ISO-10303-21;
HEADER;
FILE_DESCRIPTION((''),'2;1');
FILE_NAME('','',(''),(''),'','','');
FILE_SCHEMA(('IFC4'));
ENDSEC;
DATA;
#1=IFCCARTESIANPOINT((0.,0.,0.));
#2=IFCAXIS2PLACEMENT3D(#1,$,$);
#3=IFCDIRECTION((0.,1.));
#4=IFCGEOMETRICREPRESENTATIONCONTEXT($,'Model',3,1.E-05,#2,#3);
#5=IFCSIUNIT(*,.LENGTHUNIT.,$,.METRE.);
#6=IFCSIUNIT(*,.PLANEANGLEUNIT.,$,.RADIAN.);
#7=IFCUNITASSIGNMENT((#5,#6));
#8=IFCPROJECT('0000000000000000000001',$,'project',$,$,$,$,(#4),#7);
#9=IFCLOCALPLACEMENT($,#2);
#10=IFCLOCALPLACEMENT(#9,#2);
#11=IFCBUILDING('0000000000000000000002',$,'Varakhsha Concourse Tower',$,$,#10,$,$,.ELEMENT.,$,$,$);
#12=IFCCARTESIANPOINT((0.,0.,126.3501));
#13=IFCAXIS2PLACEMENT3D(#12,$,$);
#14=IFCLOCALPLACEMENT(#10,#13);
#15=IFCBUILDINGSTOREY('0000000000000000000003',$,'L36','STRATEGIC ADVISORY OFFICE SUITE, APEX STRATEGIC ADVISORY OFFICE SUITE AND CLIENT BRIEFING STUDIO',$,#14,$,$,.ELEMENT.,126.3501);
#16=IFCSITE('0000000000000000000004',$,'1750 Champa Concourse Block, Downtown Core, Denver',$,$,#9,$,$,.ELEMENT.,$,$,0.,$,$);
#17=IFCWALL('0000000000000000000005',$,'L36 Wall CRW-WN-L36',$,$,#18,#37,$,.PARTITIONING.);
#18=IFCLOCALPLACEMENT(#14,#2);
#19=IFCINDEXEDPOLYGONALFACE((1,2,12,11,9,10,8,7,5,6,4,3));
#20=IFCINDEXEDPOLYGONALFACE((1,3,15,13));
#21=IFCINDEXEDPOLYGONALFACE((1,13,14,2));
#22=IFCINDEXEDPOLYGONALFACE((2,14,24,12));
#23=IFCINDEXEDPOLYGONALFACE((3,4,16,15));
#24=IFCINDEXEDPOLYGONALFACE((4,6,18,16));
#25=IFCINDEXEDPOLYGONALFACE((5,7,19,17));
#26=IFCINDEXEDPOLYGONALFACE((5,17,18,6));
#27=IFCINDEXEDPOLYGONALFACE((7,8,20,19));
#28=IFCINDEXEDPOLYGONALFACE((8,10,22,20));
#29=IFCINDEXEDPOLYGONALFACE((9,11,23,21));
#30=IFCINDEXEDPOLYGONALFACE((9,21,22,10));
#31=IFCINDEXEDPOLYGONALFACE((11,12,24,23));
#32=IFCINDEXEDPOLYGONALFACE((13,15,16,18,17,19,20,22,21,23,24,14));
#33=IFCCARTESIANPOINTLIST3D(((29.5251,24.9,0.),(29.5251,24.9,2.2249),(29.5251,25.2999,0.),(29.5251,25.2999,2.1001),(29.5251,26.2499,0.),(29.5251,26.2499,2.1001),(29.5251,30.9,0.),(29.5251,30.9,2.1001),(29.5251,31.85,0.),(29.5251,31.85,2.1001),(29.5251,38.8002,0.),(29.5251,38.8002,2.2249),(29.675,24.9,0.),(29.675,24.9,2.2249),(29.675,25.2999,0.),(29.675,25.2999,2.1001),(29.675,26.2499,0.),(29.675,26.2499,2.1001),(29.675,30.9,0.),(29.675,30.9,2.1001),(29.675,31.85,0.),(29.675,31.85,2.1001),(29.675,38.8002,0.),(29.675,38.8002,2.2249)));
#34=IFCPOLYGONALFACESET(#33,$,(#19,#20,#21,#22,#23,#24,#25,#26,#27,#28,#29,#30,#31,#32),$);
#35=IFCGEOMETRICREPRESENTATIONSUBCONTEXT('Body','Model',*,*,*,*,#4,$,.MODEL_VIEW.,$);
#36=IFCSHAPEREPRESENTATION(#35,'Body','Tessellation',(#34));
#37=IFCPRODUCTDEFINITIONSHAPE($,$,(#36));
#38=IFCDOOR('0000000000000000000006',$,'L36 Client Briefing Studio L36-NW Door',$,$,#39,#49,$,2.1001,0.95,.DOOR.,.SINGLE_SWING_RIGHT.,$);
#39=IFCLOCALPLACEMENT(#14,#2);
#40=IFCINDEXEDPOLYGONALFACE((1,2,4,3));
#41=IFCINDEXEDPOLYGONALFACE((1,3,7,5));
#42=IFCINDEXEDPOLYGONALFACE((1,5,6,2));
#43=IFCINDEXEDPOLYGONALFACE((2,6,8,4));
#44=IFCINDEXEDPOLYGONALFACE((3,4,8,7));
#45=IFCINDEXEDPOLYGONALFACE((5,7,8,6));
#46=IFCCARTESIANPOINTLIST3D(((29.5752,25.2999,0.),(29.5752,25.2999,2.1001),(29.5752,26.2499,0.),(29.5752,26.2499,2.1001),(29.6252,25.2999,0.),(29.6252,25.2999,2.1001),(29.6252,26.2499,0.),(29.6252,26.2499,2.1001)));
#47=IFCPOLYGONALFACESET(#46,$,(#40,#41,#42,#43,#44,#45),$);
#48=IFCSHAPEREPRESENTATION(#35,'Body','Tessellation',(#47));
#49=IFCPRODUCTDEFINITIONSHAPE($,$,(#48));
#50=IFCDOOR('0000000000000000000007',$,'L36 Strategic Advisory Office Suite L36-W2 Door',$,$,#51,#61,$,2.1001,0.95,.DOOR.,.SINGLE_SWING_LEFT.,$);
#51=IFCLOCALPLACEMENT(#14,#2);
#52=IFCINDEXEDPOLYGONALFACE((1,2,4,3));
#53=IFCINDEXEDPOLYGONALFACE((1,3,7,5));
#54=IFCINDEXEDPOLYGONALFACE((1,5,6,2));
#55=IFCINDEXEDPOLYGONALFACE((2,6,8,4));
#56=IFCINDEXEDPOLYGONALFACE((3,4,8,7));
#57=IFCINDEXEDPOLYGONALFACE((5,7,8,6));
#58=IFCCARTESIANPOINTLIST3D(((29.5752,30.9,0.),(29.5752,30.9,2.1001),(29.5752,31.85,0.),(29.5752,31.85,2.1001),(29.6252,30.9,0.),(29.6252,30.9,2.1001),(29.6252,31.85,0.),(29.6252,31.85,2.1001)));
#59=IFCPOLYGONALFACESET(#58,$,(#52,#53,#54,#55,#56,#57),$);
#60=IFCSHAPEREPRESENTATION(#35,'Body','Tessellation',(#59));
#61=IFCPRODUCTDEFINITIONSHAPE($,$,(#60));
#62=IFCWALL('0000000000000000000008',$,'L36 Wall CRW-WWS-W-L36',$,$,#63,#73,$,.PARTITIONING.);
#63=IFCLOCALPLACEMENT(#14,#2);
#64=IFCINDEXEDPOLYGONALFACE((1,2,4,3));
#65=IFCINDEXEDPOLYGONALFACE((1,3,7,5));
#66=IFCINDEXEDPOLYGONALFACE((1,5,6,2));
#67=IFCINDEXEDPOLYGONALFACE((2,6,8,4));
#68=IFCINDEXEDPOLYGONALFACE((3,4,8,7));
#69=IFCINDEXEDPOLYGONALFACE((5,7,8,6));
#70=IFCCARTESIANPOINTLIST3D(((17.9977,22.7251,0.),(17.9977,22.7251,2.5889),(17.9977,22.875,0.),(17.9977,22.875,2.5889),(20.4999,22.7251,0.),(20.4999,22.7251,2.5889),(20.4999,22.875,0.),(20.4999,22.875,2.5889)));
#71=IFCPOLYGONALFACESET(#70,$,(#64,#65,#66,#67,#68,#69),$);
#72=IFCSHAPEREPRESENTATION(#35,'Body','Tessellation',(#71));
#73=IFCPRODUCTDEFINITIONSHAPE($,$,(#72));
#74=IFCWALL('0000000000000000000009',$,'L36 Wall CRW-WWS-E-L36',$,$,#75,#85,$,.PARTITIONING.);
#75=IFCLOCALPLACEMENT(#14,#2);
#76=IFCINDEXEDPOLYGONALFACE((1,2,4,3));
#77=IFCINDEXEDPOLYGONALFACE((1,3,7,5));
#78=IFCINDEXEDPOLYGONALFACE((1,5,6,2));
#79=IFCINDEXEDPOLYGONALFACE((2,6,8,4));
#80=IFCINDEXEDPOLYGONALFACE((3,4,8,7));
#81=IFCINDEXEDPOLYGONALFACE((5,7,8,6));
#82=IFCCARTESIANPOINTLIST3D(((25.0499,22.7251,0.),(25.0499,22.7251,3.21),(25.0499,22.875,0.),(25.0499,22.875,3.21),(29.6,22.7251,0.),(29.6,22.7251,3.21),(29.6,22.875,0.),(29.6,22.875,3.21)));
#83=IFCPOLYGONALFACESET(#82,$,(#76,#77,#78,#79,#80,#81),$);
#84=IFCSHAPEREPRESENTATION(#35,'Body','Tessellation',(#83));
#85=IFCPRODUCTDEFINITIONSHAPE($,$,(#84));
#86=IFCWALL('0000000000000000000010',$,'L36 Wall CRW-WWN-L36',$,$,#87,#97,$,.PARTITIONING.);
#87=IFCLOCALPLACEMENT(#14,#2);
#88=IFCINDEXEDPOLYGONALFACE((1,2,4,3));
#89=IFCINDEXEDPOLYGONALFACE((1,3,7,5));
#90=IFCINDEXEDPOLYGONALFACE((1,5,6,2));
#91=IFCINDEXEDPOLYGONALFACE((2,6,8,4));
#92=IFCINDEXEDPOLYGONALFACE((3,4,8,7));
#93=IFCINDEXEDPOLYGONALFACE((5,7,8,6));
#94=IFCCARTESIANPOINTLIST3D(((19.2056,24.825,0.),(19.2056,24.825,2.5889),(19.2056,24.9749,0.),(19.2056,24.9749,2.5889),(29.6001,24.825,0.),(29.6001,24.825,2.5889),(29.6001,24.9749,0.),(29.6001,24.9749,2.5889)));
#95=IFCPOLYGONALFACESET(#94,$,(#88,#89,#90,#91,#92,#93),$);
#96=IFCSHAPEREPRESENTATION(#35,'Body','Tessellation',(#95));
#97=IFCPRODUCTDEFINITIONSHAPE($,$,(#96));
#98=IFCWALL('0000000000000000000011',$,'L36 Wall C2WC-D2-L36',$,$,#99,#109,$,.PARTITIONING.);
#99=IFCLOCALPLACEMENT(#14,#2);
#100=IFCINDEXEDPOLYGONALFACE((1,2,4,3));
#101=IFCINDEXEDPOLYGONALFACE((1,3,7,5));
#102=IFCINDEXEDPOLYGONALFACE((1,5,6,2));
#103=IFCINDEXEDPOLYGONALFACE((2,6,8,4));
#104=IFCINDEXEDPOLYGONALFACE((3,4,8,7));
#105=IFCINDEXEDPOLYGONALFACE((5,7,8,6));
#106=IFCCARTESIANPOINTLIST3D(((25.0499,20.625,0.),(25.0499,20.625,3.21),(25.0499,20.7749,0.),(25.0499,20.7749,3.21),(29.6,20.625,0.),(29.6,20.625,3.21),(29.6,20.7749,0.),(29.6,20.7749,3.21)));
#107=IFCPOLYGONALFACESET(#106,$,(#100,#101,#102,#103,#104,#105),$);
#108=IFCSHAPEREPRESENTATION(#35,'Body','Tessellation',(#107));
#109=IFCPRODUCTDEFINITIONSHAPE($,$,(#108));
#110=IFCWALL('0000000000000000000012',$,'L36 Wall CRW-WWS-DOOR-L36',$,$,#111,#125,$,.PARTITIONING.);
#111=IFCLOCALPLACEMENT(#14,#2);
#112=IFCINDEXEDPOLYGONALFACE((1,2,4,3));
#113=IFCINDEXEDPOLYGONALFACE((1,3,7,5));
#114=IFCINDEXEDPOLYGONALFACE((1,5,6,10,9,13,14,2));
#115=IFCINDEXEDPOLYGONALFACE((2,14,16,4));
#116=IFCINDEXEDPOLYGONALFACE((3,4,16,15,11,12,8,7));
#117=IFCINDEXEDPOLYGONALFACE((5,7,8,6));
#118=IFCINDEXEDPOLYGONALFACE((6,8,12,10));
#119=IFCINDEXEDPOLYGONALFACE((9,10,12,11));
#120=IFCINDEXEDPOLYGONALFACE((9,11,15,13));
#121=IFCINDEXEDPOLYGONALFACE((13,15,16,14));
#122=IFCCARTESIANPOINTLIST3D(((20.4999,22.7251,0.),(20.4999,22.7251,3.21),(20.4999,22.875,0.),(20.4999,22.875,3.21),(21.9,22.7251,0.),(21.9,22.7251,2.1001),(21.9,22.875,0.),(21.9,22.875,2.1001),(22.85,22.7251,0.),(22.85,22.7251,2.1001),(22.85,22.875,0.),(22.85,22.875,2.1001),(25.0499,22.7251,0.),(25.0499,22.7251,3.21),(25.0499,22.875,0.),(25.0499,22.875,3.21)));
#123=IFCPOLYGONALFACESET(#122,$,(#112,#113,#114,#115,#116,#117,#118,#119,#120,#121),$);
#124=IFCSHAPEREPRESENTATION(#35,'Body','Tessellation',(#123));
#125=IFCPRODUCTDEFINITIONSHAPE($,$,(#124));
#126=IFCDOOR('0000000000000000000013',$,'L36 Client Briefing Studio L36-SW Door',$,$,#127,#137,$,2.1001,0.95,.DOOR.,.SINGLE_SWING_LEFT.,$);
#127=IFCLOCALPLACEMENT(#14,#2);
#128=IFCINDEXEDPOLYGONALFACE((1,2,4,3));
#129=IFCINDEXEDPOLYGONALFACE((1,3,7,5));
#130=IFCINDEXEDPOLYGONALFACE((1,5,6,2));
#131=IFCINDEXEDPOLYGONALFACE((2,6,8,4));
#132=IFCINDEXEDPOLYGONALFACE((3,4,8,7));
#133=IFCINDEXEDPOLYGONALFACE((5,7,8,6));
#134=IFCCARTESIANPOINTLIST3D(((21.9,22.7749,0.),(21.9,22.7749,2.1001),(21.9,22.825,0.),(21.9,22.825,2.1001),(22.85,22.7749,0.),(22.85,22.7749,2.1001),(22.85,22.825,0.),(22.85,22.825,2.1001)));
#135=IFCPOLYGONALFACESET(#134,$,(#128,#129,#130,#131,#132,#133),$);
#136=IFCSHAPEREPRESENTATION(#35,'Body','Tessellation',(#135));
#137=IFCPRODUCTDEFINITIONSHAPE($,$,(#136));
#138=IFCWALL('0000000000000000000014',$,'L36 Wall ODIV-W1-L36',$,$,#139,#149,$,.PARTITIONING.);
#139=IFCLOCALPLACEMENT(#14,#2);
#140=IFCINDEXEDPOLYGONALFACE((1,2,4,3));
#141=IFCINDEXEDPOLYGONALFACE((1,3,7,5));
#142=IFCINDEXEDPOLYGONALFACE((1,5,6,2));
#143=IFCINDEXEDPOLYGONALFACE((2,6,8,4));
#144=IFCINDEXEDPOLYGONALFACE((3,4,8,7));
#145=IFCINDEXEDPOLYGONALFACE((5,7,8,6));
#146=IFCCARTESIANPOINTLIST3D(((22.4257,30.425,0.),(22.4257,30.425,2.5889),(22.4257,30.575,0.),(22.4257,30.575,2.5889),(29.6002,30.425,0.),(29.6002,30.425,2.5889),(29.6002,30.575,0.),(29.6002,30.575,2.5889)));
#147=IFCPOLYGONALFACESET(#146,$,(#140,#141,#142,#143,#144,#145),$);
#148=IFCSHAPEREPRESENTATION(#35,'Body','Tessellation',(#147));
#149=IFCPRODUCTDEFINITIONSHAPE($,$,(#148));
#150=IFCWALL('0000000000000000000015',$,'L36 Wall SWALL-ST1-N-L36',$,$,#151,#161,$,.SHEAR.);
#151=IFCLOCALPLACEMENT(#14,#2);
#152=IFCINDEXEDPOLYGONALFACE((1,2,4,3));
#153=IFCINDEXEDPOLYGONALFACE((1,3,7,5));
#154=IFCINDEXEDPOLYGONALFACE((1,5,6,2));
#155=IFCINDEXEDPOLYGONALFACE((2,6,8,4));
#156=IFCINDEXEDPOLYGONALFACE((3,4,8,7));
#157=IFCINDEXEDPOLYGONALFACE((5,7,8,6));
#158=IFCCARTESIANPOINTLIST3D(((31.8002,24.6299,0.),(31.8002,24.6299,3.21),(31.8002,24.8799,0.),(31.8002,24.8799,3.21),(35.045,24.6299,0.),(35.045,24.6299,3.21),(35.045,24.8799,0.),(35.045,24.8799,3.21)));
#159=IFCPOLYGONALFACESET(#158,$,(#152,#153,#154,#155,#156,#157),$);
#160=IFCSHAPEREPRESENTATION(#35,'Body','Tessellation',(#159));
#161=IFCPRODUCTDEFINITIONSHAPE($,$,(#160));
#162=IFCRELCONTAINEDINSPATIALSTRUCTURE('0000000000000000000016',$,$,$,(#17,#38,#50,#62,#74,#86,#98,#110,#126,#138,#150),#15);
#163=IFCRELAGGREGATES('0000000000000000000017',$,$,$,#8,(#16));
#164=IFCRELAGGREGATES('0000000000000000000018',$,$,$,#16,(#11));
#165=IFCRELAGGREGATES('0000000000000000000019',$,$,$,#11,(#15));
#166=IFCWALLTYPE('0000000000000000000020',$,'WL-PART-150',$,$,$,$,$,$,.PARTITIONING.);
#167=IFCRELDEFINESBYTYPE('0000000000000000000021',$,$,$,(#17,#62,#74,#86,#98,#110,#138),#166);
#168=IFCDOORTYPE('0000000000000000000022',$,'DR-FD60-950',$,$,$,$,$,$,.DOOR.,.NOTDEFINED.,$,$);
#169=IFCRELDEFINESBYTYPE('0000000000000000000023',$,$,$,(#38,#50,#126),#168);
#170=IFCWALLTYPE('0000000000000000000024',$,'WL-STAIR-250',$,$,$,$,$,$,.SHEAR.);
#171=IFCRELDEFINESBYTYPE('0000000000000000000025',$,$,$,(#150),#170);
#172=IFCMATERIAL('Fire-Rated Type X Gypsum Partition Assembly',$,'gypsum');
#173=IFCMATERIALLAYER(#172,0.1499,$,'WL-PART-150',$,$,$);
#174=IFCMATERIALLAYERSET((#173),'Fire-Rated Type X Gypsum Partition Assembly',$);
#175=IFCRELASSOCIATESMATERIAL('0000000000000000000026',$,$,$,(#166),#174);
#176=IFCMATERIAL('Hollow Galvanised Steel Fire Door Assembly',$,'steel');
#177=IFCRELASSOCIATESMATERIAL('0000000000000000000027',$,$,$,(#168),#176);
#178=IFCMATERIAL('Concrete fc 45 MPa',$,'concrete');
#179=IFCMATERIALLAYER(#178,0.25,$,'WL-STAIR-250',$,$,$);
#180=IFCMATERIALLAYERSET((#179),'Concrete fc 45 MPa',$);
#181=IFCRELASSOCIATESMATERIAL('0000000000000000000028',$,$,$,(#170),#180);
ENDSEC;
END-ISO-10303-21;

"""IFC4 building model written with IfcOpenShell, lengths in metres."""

from ifc_helpers import new_model, si_unit, direction, frame, frame_2d, origin, place, context, subcontext, project, spatial, rectangle, extrude, material, layer, layer_set, type_object, element, fill, save


model = new_model("IFC4")

# Units and contexts
model_context = context("Model", 3, precision=1e-05, world=origin(), true_north=direction((0.0, 1.0)))
body_context = subcontext(model_context, "Body", "Model", "MODEL_VIEW")
ifc_project = project(units=[si_unit("LENGTHUNIT", "METRE"), si_unit("PLANEANGLEUNIT", "RADIAN")], contexts=[model_context])

# Site, building, storey
site_placement = place(None, origin())
site = spatial("IfcSite", under=ifc_project, at=site_placement, Name="1750 Champa Concourse Block, Downtown Core, Denver", CompositionType="ELEMENT", RefElevation=0.0)
building_placement = place(site_placement, origin())
building = spatial("IfcBuilding", under=site, at=building_placement, Name="Varakhsha Concourse Tower", CompositionType="ELEMENT")
storey_placement = place(building_placement, frame((0.0, 0.0, 126.3501)))
storey = spatial("IfcBuildingStorey", under=building, at=storey_placement, Name="L36", Description="STRATEGIC ADVISORY OFFICE SUITE, APEX STRATEGIC ADVISORY OFFICE SUITE AND CLIENT BRIEFING STUDIO", CompositionType="ELEMENT", Elevation=126.3501)

# Wall, openings, doors
ifc_material_1 = material(Name="Fire-Rated Type X Gypsum Partition Assembly", Category="gypsum")
ifc_layer_1 = layer(ifc_material_1, 0.1499, Name="WL-PART-150")
ifc_layer_set_1 = layer_set([ifc_layer_1], Name="Fire-Rated Type X Gypsum Partition Assembly")
wall_type_1 = type_object("IfcWallType", Name="WL-PART-150", PredefinedType="PARTITIONING", material=ifc_layer_set_1)
wall_1_placement = place(storey_placement, frame((29.6001, 24.8999, 0.0), z_axis=(0.0, 0.0, 1.0), x_axis=(0.0, 1.0, 0.0)))
wall_1 = element("IfcWall", 1, at=wall_1_placement, inside=storey, type_object=wall_type_1, Name="L36 Wall CRW-WN-L36", PredefinedType="PARTITIONING", context=body_context, shape_type="SweptSolid", body=[
    extrude(rectangle(XDim=13.9001, YDim=0.1499, at=frame_2d((6.9502, 0.0))), origin(), (0.0, 0.0, 1.0), 2.2249),
])
opening_1_placement = place(wall_1_placement, frame((0.3999, 0.0, 0.0)))
opening_1 = element("IfcOpeningElement", 2, at=opening_1_placement, cuts=wall_1, PredefinedType="OPENING", context=body_context, shape_type="SweptSolid", body=[
    extrude(rectangle(XDim=0.95, YDim=2.1001, at=frame_2d((0.4751, 1.05))), frame((0.0, 0.085, 0.0), z_axis=(0.0, -1.0, 0.0), x_axis=(1.0, 0.0, 0.0)), (0.0, 0.0, 1.0), 0.1699),
])
opening_2_placement = place(wall_1_placement, frame((6.0, 0.0, 0.0)))
opening_2 = element("IfcOpeningElement", 3, at=opening_2_placement, cuts=wall_1, PredefinedType="OPENING", context=body_context, shape_type="SweptSolid", body=[
    extrude(rectangle(XDim=0.95, YDim=2.1001, at=frame_2d((0.4751, 1.05))), frame((0.0, 0.085, 0.0), z_axis=(0.0, -1.0, 0.0), x_axis=(1.0, 0.0, 0.0)), (0.0, 0.0, 1.0), 0.1699),
])
ifc_material_2 = material(Name="Hollow Galvanised Steel Fire Door Assembly", Category="steel")
door_type = type_object("IfcDoorType", Name="DR-FD60-950", OperationType="NOTDEFINED", PredefinedType="DOOR", material=ifc_material_2)
door_1_placement = place(opening_1_placement, origin())
door_1 = element("IfcDoor", 4, at=door_1_placement, inside=storey, type_object=door_type, Name="L36 Client Briefing Studio L36-NW Door", OperationType="SINGLE_SWING_RIGHT", OverallHeight=2.1001, OverallWidth=0.95, PredefinedType="DOOR", context=body_context, shape_type="SweptSolid", body=[
    extrude(rectangle(XDim=0.95, YDim=2.1001, at=frame_2d((0.4751, 1.05))), frame((0.0, 0.0249, 0.0), z_axis=(0.0, -1.0, 0.0), x_axis=(1.0, 0.0, 0.0)), (0.0, 0.0, 1.0), 0.05),
])
fill(opening_1, door_1)
door_2_placement = place(opening_2_placement, origin())
door_2 = element("IfcDoor", 5, at=door_2_placement, inside=storey, type_object=door_type, Name="L36 Strategic Advisory Office Suite L36-W2 Door", OperationType="SINGLE_SWING_LEFT", OverallHeight=2.1001, OverallWidth=0.95, PredefinedType="DOOR", context=body_context, shape_type="SweptSolid", body=[
    extrude(rectangle(XDim=0.95, YDim=2.1001, at=frame_2d((0.4751, 1.05))), frame((0.0, 0.0249, 0.0), z_axis=(0.0, -1.0, 0.0), x_axis=(1.0, 0.0, 0.0)), (0.0, 0.0, 1.0), 0.05),
])
fill(opening_2, door_2)

# Walls
wall_2_placement = place(storey_placement, frame((17.9978, 22.8, 0.0), z_axis=(0.0, 0.0, 1.0), x_axis=(1.0, 0.0, 0.0)))
element("IfcWall", 6, at=wall_2_placement, inside=storey, type_object=wall_type_1, Name="L36 Wall CRW-WWS-W-L36", PredefinedType="PARTITIONING", context=body_context, shape_type="SweptSolid", body=[
    extrude(rectangle(XDim=2.5022, YDim=0.1499, at=frame_2d((1.251, 0.0))), origin(), (0.0, 0.0, 1.0), 2.5889),
])
wall_3_placement = place(storey_placement, frame((25.05, 22.8, 0.0), z_axis=(0.0, 0.0, 1.0), x_axis=(1.0, 0.0, 0.0)))
element("IfcWall", 7, at=wall_3_placement, inside=storey, type_object=wall_type_1, Name="L36 Wall CRW-WWS-E-L36", PredefinedType="PARTITIONING", context=body_context, shape_type="SweptSolid", body=[
    extrude(rectangle(XDim=4.55, YDim=0.1499, at=frame_2d((2.2749, 0.0))), origin(), (0.0, 0.0, 1.0), 3.21),
])
wall_4_placement = place(storey_placement, frame((19.2056, 24.8999, 0.0), z_axis=(0.0, 0.0, 1.0), x_axis=(1.0, 0.0, 0.0)))
element("IfcWall", 8, at=wall_4_placement, inside=storey, type_object=wall_type_1, Name="L36 Wall CRW-WWN-L36", PredefinedType="PARTITIONING", context=body_context, shape_type="SweptSolid", body=[
    extrude(rectangle(XDim=10.3945, YDim=0.1499, at=frame_2d((5.1973, 0.0))), origin(), (0.0, 0.0, 1.0), 2.5889),
])
wall_5_placement = place(storey_placement, frame((25.05, 20.7, 0.0), z_axis=(0.0, 0.0, 1.0), x_axis=(1.0, 0.0, 0.0)))
element("IfcWall", 9, at=wall_5_placement, inside=storey, type_object=wall_type_1, Name="L36 Wall C2WC-D2-L36", PredefinedType="PARTITIONING", context=body_context, shape_type="SweptSolid", body=[
    extrude(rectangle(XDim=4.55, YDim=0.1499, at=frame_2d((2.2749, 0.0))), origin(), (0.0, 0.0, 1.0), 3.21),
])

# Wall, opening, door
wall_6_placement = place(storey_placement, frame((20.5, 22.8, 0.0), z_axis=(0.0, 0.0, 1.0), x_axis=(1.0, 0.0, 0.0)))
wall_6 = element("IfcWall", 10, at=wall_6_placement, inside=storey, type_object=wall_type_1, Name="L36 Wall CRW-WWS-DOOR-L36", PredefinedType="PARTITIONING", context=body_context, shape_type="SweptSolid", body=[
    extrude(rectangle(XDim=4.55, YDim=0.1499, at=frame_2d((2.2749, 0.0))), origin(), (0.0, 0.0, 1.0), 3.21),
])
opening_3_placement = place(wall_6_placement, frame((1.3999, 0.0, 0.0)))
opening_3 = element("IfcOpeningElement", 11, at=opening_3_placement, cuts=wall_6, PredefinedType="OPENING", context=body_context, shape_type="SweptSolid", body=[
    extrude(rectangle(XDim=0.95, YDim=2.1001, at=frame_2d((0.4751, 1.05))), frame((0.0, 0.085, 0.0), z_axis=(0.0, -1.0, 0.0), x_axis=(1.0, 0.0, 0.0)), (0.0, 0.0, 1.0), 0.1699),
])
door_3_placement = place(opening_3_placement, origin())
door_3 = element("IfcDoor", 12, at=door_3_placement, inside=storey, type_object=door_type, Name="L36 Client Briefing Studio L36-SW Door", OperationType="SINGLE_SWING_LEFT", OverallHeight=2.1001, OverallWidth=0.95, PredefinedType="DOOR", context=body_context, shape_type="SweptSolid", body=[
    extrude(rectangle(XDim=0.95, YDim=2.1001, at=frame_2d((0.4751, 1.05))), frame((0.0, 0.0249, 0.0), z_axis=(0.0, -1.0, 0.0), x_axis=(1.0, 0.0, 0.0)), (0.0, 0.0, 1.0), 0.05),
])
fill(opening_3, door_3)

# Walls
wall_7_placement = place(storey_placement, frame((22.4255, 30.5, 0.0), z_axis=(0.0, 0.0, 1.0), x_axis=(1.0, 0.0, 0.0)))
element("IfcWall", 13, at=wall_7_placement, inside=storey, type_object=wall_type_1, Name="L36 Wall ODIV-W1-L36", PredefinedType="PARTITIONING", context=body_context, shape_type="SweptSolid", body=[
    extrude(rectangle(XDim=7.1746, YDim=0.1499, at=frame_2d((3.5874, 0.0))), origin(), (0.0, 0.0, 1.0), 2.5889),
])
ifc_material_3 = material(Name="Concrete fc 45 MPa", Category="concrete")
ifc_layer_2 = layer(ifc_material_3, 0.25, Name="WL-STAIR-250")
ifc_layer_set_2 = layer_set([ifc_layer_2], Name="Concrete fc 45 MPa")
wall_type_2 = type_object("IfcWallType", Name="WL-STAIR-250", PredefinedType="SHEAR", material=ifc_layer_set_2)
wall_8_placement = place(storey_placement, frame((31.8, 24.7549, 0.0), z_axis=(0.0, 0.0, 1.0), x_axis=(1.0, 0.0, 0.0)))
element("IfcWall", 14, at=wall_8_placement, inside=storey, type_object=wall_type_2, Name="L36 Wall SWALL-ST1-N-L36", PredefinedType="SHEAR", context=body_context, shape_type="SweptSolid", body=[
    extrude(rectangle(XDim=3.2449, YDim=0.25, at=frame_2d((1.6226, 0.0))), origin(), (0.0, 0.0, 1.0), 3.21),
])

save(model, "model.ifc")
